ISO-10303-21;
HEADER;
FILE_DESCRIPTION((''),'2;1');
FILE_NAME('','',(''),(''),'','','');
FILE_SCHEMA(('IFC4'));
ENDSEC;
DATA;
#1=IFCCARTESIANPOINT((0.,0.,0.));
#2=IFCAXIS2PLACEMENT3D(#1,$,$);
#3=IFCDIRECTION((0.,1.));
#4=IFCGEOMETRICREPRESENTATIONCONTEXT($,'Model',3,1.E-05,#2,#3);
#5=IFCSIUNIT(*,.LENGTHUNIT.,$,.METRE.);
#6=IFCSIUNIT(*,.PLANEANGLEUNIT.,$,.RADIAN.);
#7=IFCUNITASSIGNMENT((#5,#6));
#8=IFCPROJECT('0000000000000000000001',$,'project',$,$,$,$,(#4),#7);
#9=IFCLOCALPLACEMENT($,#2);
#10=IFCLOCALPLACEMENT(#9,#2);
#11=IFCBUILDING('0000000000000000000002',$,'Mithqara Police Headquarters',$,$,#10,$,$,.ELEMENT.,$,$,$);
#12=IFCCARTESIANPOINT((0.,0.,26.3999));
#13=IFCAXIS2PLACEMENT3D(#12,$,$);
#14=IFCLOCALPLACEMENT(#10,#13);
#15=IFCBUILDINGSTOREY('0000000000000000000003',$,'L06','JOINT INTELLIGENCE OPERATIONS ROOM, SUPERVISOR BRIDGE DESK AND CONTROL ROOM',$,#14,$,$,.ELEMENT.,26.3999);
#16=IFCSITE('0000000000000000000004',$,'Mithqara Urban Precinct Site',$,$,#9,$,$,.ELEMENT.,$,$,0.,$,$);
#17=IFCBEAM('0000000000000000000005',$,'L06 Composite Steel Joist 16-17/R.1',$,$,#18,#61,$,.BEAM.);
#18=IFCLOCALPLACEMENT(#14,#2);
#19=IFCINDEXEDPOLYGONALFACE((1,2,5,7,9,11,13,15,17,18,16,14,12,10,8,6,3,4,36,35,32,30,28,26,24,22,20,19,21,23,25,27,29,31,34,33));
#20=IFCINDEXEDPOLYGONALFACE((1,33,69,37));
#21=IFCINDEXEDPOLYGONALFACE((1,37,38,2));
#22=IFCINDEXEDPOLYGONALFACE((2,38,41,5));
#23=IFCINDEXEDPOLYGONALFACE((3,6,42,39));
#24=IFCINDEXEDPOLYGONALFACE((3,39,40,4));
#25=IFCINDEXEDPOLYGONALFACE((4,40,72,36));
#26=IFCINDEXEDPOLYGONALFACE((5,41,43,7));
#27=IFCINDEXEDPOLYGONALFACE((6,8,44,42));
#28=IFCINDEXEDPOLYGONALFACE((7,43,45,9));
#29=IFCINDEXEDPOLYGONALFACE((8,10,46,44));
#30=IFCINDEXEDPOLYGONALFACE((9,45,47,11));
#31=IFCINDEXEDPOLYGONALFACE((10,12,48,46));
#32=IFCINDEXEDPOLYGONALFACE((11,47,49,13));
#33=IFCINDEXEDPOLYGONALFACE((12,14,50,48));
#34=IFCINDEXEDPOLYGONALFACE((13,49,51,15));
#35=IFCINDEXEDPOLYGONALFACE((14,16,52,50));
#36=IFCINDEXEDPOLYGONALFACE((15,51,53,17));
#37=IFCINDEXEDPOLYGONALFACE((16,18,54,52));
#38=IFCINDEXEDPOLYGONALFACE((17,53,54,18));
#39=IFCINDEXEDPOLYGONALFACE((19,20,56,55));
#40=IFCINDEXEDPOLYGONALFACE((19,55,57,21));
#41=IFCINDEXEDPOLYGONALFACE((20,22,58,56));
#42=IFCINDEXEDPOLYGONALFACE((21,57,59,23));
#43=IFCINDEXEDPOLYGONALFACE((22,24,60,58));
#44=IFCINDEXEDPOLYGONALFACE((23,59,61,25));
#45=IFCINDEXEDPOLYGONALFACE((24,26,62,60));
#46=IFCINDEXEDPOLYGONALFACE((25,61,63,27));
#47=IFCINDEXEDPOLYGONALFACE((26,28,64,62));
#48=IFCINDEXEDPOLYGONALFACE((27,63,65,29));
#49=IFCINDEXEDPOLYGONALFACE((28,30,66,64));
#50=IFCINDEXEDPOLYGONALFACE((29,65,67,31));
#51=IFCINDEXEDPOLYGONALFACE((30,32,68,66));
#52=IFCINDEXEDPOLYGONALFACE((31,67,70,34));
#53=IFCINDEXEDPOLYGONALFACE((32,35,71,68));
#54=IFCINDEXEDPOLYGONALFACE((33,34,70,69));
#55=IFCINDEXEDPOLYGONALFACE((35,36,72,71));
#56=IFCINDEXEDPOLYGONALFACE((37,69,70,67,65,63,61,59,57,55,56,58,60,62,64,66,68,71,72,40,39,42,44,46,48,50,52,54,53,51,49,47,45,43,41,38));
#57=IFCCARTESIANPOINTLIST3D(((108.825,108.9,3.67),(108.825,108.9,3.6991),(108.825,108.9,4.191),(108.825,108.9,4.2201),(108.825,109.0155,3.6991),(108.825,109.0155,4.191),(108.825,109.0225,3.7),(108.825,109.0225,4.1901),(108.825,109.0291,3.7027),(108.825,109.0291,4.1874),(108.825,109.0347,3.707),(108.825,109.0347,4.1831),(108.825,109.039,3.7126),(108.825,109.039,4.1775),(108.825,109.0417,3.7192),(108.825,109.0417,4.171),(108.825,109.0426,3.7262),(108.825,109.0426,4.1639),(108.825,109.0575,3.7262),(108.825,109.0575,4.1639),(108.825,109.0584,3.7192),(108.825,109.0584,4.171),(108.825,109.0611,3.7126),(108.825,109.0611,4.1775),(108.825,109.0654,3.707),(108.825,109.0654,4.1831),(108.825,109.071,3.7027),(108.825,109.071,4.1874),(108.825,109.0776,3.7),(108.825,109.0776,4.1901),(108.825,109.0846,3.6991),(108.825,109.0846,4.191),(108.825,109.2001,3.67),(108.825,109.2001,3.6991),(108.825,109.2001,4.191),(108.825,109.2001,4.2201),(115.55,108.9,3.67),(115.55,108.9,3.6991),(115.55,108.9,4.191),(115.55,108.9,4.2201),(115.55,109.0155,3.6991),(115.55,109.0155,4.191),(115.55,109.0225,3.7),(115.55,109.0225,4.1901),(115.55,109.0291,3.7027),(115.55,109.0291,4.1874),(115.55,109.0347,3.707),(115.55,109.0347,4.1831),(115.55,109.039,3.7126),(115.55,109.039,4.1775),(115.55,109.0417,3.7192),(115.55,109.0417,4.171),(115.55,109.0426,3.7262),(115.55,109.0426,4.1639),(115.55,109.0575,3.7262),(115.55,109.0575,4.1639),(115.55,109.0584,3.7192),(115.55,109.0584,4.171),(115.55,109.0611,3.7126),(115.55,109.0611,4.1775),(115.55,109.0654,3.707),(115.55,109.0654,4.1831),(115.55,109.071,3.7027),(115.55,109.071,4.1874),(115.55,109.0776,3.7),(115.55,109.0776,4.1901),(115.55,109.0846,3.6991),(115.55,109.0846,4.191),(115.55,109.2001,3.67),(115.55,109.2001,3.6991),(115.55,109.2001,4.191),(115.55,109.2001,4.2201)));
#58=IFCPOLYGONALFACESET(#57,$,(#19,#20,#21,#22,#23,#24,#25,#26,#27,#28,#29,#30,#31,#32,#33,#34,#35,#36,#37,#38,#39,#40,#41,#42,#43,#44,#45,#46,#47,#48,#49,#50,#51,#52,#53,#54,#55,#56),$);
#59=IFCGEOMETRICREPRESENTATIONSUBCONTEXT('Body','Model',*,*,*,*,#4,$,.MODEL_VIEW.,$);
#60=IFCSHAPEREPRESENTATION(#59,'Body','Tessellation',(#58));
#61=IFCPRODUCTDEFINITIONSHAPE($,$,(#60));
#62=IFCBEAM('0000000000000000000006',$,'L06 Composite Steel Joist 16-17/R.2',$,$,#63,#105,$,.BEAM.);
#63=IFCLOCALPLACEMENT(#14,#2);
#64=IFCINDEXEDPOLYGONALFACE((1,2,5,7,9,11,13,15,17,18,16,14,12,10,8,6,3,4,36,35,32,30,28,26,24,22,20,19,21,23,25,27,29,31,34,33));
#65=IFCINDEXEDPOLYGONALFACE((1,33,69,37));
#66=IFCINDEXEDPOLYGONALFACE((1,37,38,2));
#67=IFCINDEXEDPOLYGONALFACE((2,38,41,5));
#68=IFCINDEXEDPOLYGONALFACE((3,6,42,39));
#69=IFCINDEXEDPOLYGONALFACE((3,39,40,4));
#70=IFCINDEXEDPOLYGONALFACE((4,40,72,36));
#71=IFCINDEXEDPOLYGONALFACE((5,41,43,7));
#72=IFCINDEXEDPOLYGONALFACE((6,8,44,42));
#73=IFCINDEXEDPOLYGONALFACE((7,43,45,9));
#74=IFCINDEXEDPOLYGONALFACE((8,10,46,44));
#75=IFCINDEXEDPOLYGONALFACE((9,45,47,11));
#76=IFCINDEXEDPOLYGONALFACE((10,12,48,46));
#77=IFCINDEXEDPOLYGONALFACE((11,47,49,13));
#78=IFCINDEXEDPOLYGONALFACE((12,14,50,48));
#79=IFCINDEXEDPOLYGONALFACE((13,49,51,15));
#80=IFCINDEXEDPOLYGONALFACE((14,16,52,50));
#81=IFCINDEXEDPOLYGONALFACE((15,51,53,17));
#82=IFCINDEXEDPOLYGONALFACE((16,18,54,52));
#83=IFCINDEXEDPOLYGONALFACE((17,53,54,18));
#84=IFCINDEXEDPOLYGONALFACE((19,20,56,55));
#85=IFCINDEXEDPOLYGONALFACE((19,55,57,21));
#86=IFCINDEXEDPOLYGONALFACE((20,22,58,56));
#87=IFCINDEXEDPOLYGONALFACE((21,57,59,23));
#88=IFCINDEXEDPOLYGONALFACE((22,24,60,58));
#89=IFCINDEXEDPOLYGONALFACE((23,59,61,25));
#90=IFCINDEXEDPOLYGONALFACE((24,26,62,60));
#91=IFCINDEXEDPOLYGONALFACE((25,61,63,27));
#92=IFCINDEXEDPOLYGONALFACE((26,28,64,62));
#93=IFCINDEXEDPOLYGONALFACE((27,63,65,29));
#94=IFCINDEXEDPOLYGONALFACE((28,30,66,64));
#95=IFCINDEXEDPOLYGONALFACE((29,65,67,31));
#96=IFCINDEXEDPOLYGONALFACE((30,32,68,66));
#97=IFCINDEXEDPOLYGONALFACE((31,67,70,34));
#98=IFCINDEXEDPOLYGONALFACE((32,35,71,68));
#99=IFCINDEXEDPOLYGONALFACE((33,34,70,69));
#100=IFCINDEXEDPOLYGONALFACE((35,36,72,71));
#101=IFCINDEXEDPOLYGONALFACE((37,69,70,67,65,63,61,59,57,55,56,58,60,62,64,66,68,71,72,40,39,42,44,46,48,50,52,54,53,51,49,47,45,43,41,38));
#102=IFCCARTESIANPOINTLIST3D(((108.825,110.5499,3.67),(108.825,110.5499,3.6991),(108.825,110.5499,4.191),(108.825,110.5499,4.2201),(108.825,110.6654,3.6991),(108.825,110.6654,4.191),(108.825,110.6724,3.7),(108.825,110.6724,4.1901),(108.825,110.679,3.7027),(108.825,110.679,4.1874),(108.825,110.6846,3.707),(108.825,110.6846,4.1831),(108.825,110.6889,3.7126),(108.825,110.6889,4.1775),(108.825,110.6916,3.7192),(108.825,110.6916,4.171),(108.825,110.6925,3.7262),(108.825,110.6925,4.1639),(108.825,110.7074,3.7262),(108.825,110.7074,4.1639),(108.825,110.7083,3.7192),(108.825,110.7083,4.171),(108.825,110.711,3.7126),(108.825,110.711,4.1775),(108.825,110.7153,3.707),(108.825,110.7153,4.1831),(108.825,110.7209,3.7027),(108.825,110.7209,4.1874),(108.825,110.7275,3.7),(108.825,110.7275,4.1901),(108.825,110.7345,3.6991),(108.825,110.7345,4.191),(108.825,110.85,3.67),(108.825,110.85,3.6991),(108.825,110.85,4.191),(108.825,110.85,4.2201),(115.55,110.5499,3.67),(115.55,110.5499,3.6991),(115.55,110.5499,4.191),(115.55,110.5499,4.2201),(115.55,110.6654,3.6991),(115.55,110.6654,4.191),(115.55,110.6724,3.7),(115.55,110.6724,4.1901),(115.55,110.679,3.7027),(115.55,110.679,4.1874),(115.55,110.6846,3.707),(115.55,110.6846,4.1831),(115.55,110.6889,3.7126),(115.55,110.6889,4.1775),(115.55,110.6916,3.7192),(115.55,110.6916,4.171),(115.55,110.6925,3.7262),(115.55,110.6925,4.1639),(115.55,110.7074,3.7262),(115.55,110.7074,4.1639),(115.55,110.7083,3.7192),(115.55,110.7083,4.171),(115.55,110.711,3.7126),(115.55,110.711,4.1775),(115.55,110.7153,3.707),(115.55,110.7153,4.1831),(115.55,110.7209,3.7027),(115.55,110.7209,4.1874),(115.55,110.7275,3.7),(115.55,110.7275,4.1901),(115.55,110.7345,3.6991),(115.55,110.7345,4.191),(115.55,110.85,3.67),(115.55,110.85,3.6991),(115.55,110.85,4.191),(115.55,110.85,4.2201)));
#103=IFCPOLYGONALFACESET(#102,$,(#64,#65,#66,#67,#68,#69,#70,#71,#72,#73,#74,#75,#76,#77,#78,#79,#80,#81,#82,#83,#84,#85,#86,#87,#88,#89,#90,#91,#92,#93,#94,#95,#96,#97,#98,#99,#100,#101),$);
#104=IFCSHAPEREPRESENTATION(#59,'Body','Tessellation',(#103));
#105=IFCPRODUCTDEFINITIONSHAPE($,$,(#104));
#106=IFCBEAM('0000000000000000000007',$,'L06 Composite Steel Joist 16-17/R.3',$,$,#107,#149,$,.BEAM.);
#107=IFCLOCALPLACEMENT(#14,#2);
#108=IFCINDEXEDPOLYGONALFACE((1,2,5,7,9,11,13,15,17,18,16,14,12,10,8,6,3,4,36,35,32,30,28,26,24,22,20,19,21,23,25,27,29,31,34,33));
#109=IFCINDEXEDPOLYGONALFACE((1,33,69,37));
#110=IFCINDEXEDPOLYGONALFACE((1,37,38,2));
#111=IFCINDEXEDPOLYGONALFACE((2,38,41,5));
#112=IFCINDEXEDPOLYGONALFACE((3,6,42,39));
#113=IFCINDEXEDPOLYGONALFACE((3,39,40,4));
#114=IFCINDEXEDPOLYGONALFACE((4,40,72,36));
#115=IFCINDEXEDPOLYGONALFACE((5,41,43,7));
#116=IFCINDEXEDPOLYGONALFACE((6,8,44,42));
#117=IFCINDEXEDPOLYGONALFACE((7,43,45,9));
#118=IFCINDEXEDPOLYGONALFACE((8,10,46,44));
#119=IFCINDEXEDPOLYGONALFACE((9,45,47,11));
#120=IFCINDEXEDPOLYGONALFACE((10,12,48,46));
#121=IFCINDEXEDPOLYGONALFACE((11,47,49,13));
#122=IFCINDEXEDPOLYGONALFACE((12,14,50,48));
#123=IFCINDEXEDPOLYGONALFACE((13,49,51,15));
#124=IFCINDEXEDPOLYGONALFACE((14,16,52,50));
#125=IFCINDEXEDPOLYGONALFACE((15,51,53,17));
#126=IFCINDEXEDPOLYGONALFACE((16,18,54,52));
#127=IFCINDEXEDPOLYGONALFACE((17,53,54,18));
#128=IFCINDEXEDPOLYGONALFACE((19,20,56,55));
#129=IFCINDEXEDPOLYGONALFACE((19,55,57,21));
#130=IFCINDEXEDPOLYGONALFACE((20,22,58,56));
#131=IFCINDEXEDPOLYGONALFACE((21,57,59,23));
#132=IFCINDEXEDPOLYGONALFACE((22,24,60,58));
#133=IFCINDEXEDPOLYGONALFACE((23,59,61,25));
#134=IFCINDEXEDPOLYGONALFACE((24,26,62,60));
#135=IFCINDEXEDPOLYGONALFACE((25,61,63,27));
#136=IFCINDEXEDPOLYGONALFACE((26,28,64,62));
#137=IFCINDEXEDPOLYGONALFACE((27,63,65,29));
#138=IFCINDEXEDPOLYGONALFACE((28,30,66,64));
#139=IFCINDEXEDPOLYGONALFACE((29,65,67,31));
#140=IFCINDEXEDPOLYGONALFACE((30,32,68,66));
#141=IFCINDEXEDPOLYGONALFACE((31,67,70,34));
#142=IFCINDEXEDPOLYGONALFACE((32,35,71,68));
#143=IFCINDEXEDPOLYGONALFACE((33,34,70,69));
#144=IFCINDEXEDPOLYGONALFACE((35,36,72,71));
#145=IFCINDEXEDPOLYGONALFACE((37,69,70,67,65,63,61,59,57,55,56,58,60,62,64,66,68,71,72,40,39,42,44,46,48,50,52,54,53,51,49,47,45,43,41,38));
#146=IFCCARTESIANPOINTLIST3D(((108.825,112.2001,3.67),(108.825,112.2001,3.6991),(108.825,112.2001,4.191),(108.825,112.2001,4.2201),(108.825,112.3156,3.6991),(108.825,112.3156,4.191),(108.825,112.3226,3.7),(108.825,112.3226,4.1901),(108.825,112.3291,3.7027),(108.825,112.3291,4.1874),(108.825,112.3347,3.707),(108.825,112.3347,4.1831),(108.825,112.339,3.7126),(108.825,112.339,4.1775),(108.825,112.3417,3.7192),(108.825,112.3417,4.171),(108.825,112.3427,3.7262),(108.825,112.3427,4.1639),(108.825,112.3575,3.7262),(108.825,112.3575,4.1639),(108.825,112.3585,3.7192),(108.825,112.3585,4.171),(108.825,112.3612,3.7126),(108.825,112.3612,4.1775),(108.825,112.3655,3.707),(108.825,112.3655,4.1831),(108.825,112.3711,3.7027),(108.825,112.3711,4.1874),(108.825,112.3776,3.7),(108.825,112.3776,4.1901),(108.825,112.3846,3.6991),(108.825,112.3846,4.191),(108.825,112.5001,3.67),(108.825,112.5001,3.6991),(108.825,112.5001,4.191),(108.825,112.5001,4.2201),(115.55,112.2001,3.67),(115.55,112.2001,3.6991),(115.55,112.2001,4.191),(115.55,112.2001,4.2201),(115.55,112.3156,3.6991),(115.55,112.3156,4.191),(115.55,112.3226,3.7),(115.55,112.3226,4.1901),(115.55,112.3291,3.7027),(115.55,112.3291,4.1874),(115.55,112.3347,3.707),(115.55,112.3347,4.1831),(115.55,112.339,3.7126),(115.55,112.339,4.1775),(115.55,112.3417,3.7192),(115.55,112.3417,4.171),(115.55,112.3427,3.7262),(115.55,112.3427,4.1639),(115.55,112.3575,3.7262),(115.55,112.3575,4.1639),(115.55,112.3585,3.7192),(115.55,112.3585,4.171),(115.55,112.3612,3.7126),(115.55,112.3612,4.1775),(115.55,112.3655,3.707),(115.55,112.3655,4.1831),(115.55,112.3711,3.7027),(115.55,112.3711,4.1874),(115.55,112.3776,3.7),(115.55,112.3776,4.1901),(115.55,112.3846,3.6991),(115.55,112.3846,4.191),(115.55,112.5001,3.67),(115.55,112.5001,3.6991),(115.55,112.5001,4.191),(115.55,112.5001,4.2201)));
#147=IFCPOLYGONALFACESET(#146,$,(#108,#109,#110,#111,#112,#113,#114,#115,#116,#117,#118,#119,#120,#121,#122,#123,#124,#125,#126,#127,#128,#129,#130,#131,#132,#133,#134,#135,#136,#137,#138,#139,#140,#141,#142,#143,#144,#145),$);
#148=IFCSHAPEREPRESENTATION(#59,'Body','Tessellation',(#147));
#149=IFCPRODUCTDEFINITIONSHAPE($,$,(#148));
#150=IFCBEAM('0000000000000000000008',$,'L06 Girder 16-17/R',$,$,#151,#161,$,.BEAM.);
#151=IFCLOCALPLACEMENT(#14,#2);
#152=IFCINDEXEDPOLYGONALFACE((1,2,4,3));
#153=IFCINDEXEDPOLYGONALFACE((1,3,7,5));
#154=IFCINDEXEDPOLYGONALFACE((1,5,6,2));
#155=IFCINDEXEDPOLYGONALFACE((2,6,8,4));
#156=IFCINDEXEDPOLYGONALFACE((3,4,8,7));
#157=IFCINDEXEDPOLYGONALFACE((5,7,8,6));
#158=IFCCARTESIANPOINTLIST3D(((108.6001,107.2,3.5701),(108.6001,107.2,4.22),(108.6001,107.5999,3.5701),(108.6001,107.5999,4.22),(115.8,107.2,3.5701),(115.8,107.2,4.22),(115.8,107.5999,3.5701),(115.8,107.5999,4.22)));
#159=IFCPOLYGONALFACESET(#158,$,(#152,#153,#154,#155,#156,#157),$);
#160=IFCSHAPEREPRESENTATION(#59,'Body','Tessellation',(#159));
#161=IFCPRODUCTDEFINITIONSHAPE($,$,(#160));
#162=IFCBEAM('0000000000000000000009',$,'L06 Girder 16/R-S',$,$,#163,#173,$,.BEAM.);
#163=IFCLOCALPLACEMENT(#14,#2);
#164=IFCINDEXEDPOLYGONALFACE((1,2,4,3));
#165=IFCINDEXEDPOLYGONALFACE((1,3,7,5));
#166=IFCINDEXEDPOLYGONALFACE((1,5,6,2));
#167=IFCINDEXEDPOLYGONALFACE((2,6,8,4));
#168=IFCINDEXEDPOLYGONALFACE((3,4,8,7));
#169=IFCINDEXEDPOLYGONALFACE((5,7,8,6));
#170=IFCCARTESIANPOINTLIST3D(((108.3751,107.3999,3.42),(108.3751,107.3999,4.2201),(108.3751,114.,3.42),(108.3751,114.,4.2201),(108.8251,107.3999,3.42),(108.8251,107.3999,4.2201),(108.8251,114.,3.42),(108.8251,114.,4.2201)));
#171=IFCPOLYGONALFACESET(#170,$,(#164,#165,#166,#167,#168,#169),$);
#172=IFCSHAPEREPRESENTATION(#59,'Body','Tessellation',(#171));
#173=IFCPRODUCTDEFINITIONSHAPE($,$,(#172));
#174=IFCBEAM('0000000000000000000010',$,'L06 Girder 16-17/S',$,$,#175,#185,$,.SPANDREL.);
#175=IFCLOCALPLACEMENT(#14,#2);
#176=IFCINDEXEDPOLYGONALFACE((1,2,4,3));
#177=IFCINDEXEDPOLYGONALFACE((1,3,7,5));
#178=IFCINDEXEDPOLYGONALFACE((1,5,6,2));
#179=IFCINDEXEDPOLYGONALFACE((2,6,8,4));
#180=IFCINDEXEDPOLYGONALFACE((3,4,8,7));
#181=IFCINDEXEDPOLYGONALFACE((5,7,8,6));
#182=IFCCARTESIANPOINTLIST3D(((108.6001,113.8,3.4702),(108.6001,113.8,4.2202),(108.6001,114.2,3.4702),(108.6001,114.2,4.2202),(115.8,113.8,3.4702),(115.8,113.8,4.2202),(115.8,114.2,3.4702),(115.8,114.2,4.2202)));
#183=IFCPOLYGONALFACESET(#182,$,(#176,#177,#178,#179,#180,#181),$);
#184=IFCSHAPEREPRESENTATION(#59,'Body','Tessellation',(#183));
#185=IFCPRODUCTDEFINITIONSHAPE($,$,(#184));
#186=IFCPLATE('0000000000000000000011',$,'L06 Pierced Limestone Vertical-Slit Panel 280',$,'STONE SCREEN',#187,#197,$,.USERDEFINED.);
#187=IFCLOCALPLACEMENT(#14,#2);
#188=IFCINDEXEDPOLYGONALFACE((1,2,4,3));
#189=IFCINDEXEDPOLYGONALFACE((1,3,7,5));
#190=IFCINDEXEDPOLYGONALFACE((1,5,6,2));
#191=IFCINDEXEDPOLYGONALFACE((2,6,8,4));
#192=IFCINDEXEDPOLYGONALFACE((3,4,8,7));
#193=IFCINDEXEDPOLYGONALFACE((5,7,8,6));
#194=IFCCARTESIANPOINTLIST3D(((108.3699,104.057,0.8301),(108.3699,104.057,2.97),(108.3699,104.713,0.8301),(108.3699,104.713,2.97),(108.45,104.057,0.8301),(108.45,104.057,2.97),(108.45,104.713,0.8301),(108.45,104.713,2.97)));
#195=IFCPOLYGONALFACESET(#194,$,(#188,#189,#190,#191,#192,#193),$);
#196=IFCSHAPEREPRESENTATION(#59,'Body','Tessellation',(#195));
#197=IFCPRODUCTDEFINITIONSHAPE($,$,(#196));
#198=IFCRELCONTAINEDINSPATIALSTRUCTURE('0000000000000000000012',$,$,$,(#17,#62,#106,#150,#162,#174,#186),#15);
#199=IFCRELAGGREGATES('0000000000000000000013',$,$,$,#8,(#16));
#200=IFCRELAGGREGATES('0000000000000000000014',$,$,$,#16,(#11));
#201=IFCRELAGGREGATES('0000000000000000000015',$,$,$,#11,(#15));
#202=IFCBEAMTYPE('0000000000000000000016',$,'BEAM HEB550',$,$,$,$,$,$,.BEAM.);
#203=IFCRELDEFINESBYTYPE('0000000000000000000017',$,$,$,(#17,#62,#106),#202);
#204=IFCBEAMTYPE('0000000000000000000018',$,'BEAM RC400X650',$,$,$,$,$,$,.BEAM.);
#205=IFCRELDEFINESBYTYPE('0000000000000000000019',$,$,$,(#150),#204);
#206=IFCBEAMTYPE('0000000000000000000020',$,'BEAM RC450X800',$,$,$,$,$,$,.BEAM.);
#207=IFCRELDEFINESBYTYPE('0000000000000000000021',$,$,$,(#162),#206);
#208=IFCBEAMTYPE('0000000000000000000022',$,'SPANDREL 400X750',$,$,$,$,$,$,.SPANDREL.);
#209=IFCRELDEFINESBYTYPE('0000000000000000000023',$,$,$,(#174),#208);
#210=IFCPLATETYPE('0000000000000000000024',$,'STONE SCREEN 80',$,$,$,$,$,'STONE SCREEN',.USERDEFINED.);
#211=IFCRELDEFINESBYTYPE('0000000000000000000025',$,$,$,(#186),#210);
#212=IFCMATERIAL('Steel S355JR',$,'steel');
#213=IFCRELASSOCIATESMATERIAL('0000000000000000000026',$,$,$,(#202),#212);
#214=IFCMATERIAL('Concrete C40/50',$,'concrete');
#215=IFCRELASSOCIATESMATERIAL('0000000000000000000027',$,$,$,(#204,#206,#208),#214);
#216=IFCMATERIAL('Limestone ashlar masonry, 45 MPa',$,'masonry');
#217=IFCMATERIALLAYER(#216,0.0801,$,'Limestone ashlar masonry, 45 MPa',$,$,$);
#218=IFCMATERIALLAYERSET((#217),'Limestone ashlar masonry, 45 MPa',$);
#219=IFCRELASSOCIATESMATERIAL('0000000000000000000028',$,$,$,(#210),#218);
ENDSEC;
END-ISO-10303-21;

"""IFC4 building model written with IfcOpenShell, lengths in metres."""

from ifc_helpers import new_model, si_unit, direction, frame, origin, origin_2d, place, context, subcontext, project, spatial, rectangle, i_section, extrude, material, layer, layer_set, material_profile, profile_set, type_object, element, save


model = new_model("IFC4")

# Units and contexts
model_context = context("Model", 3, precision=1e-05, world=origin(), true_north=direction((0.0, 1.0)))
body_context = subcontext(model_context, "Body", "Model", "MODEL_VIEW")
ifc_project = project(units=[si_unit("LENGTHUNIT", "METRE"), si_unit("PLANEANGLEUNIT", "RADIAN")], contexts=[model_context])

# Site, building, storey
site_placement = place(None, origin())
site = spatial("IfcSite", under=ifc_project, at=site_placement, Name="Mithqara Urban Precinct Site", CompositionType="ELEMENT", RefElevation=0.0)
building_placement = place(site_placement, origin())
building = spatial("IfcBuilding", under=site, at=building_placement, Name="Mithqara Police Headquarters", CompositionType="ELEMENT")
storey_placement = place(building_placement, frame((0.0, 0.0, 26.3999)))
storey = spatial("IfcBuildingStorey", under=building, at=storey_placement, Name="L06", Description="JOINT INTELLIGENCE OPERATIONS ROOM, SUPERVISOR BRIDGE DESK AND CONTROL ROOM", CompositionType="ELEMENT", Elevation=26.3999)

# Beams
ifc_material_1 = material(Name="Steel S355JR", Category="steel")
ifc_material_profile_1 = material_profile(ifc_material_1, i_section(OverallWidth=0.3, OverallDepth=0.55, WebThickness=0.0149, FlangeThickness=0.0291, FilletRadius=0.0271, at=origin_2d()), Name="HEB 550")
ifc_profile_set_1 = profile_set([ifc_material_profile_1], Name="Steel S355JR")
beam_type_1 = type_object("IfcBeamType", Name="BEAM HEB550", PredefinedType="BEAM", material=ifc_profile_set_1)
for number, where, z_axis, x_axis, name in (
    (1, (108.825, 109.05, 3.9451), (1.0, 0.0, 0.0), (0.0, 1.0, 0.0), "L06 Composite Steel Joist 16-17/R.1"),
    (2, (108.825, 110.7, 3.9451), (1.0, 0.0, 0.0), (0.0, 1.0, 0.0), "L06 Composite Steel Joist 16-17/R.2"),
    (3, (108.825, 112.3501, 3.9451), (1.0, 0.0, 0.0), (0.0, 1.0, 0.0), "L06 Composite Steel Joist 16-17/R.3"),
):
    element("IfcBeam", number, at=place(storey_placement, frame(where, z_axis=z_axis, x_axis=x_axis)), inside=storey, type_object=beam_type_1, Name=name, PredefinedType="BEAM", context=body_context, shape_type="SweptSolid", body=[
        extrude(i_section(OverallWidth=0.3, OverallDepth=0.55, WebThickness=0.0149, FlangeThickness=0.0291, FilletRadius=0.0271, at=origin_2d()), origin(), (0.0, 0.0, 1.0), 6.7251),
    ])
ifc_material_2 = material(Name="Concrete C40/50", Category="concrete")
ifc_material_profile_2 = material_profile(ifc_material_2, rectangle(XDim=0.3999, YDim=0.6499, at=origin_2d()), Name="RC 400x650")
ifc_profile_set_2 = profile_set([ifc_material_profile_2], Name="Concrete C40/50")
beam_type_2 = type_object("IfcBeamType", Name="BEAM RC400X650", PredefinedType="BEAM", material=ifc_profile_set_2)
beam_1_placement = place(storey_placement, frame((108.6001, 107.3999, 3.895), z_axis=(1.0, 0.0, 0.0), x_axis=(0.0, 1.0, 0.0)))
element("IfcBeam", 4, at=beam_1_placement, inside=storey, type_object=beam_type_2, Name="L06 Girder 16-17/R", PredefinedType="BEAM", context=body_context, shape_type="SweptSolid", body=[
    extrude(rectangle(XDim=0.3999, YDim=0.6499, at=origin_2d()), origin(), (0.0, 0.0, 1.0), 7.2),
])
ifc_material_profile_3 = material_profile(ifc_material_2, rectangle(XDim=0.45, YDim=0.8, at=origin_2d()), Name="RC 450x800")
ifc_profile_set_3 = profile_set([ifc_material_profile_3], Name="Concrete C40/50")
beam_type_3 = type_object("IfcBeamType", Name="BEAM RC450X800", PredefinedType="BEAM", material=ifc_profile_set_3)
beam_2_placement = place(storey_placement, frame((108.6001, 107.3999, 3.8201), z_axis=(0.0, 1.0, 0.0), x_axis=(-1.0, 0.0, 0.0)))
element("IfcBeam", 5, at=beam_2_placement, inside=storey, type_object=beam_type_3, Name="L06 Girder 16/R-S", PredefinedType="BEAM", context=body_context, shape_type="SweptSolid", body=[
    extrude(rectangle(XDim=0.45, YDim=0.8, at=origin_2d()), origin(), (0.0, 0.0, 1.0), 6.6001),
])
ifc_material_profile_4 = material_profile(ifc_material_2, rectangle(XDim=0.3999, YDim=0.75, at=origin_2d()), Name="SPB 400x750")
ifc_profile_set_4 = profile_set([ifc_material_profile_4], Name="Concrete C40/50")
beam_type_4 = type_object("IfcBeamType", Name="SPANDREL 400X750", PredefinedType="SPANDREL", material=ifc_profile_set_4)
beam_3_placement = place(storey_placement, frame((108.6001, 114.0, 3.8452), z_axis=(1.0, 0.0, 0.0), x_axis=(0.0, 1.0, 0.0)))
element("IfcBeam", 6, at=beam_3_placement, inside=storey, type_object=beam_type_4, Name="L06 Girder 16-17/S", PredefinedType="SPANDREL", context=body_context, shape_type="SweptSolid", body=[
    extrude(rectangle(XDim=0.3999, YDim=0.75, at=origin_2d()), origin(), (0.0, 0.0, 1.0), 7.2),
])

# Plate
ifc_material_3 = material(Name="Limestone ashlar masonry, 45 MPa", Category="masonry")
ifc_layer_1 = layer(ifc_material_3, 0.0801, Name="Limestone ashlar masonry, 45 MPa")
ifc_layer_set_1 = layer_set([ifc_layer_1], Name="Limestone ashlar masonry, 45 MPa")
plate_type = type_object("IfcPlateType", Name="STONE SCREEN 80", ElementType="STONE SCREEN", PredefinedType="USERDEFINED", material=ifc_layer_set_1)
for number, where, z_axis, x_axis, name in (
    (7, (108.4099, 104.385, 0.8301), (0.0, 0.0, 1.0), (0.0, 1.0, 0.0), "L06 Pierced Limestone Vertical-Slit Panel 280"),
):
    element("IfcPlate", number, at=place(storey_placement, frame(where, z_axis=z_axis, x_axis=x_axis)), inside=storey, type_object=plate_type, Name=name, ObjectType="STONE SCREEN", PredefinedType="USERDEFINED", context=body_context, shape_type="SweptSolid", body=[
        extrude(rectangle(XDim=0.656, YDim=0.0801, at=origin_2d()), origin(), (0.0, 0.0, 1.0), 2.1399),
    ])

save(model, "model.ifc")
